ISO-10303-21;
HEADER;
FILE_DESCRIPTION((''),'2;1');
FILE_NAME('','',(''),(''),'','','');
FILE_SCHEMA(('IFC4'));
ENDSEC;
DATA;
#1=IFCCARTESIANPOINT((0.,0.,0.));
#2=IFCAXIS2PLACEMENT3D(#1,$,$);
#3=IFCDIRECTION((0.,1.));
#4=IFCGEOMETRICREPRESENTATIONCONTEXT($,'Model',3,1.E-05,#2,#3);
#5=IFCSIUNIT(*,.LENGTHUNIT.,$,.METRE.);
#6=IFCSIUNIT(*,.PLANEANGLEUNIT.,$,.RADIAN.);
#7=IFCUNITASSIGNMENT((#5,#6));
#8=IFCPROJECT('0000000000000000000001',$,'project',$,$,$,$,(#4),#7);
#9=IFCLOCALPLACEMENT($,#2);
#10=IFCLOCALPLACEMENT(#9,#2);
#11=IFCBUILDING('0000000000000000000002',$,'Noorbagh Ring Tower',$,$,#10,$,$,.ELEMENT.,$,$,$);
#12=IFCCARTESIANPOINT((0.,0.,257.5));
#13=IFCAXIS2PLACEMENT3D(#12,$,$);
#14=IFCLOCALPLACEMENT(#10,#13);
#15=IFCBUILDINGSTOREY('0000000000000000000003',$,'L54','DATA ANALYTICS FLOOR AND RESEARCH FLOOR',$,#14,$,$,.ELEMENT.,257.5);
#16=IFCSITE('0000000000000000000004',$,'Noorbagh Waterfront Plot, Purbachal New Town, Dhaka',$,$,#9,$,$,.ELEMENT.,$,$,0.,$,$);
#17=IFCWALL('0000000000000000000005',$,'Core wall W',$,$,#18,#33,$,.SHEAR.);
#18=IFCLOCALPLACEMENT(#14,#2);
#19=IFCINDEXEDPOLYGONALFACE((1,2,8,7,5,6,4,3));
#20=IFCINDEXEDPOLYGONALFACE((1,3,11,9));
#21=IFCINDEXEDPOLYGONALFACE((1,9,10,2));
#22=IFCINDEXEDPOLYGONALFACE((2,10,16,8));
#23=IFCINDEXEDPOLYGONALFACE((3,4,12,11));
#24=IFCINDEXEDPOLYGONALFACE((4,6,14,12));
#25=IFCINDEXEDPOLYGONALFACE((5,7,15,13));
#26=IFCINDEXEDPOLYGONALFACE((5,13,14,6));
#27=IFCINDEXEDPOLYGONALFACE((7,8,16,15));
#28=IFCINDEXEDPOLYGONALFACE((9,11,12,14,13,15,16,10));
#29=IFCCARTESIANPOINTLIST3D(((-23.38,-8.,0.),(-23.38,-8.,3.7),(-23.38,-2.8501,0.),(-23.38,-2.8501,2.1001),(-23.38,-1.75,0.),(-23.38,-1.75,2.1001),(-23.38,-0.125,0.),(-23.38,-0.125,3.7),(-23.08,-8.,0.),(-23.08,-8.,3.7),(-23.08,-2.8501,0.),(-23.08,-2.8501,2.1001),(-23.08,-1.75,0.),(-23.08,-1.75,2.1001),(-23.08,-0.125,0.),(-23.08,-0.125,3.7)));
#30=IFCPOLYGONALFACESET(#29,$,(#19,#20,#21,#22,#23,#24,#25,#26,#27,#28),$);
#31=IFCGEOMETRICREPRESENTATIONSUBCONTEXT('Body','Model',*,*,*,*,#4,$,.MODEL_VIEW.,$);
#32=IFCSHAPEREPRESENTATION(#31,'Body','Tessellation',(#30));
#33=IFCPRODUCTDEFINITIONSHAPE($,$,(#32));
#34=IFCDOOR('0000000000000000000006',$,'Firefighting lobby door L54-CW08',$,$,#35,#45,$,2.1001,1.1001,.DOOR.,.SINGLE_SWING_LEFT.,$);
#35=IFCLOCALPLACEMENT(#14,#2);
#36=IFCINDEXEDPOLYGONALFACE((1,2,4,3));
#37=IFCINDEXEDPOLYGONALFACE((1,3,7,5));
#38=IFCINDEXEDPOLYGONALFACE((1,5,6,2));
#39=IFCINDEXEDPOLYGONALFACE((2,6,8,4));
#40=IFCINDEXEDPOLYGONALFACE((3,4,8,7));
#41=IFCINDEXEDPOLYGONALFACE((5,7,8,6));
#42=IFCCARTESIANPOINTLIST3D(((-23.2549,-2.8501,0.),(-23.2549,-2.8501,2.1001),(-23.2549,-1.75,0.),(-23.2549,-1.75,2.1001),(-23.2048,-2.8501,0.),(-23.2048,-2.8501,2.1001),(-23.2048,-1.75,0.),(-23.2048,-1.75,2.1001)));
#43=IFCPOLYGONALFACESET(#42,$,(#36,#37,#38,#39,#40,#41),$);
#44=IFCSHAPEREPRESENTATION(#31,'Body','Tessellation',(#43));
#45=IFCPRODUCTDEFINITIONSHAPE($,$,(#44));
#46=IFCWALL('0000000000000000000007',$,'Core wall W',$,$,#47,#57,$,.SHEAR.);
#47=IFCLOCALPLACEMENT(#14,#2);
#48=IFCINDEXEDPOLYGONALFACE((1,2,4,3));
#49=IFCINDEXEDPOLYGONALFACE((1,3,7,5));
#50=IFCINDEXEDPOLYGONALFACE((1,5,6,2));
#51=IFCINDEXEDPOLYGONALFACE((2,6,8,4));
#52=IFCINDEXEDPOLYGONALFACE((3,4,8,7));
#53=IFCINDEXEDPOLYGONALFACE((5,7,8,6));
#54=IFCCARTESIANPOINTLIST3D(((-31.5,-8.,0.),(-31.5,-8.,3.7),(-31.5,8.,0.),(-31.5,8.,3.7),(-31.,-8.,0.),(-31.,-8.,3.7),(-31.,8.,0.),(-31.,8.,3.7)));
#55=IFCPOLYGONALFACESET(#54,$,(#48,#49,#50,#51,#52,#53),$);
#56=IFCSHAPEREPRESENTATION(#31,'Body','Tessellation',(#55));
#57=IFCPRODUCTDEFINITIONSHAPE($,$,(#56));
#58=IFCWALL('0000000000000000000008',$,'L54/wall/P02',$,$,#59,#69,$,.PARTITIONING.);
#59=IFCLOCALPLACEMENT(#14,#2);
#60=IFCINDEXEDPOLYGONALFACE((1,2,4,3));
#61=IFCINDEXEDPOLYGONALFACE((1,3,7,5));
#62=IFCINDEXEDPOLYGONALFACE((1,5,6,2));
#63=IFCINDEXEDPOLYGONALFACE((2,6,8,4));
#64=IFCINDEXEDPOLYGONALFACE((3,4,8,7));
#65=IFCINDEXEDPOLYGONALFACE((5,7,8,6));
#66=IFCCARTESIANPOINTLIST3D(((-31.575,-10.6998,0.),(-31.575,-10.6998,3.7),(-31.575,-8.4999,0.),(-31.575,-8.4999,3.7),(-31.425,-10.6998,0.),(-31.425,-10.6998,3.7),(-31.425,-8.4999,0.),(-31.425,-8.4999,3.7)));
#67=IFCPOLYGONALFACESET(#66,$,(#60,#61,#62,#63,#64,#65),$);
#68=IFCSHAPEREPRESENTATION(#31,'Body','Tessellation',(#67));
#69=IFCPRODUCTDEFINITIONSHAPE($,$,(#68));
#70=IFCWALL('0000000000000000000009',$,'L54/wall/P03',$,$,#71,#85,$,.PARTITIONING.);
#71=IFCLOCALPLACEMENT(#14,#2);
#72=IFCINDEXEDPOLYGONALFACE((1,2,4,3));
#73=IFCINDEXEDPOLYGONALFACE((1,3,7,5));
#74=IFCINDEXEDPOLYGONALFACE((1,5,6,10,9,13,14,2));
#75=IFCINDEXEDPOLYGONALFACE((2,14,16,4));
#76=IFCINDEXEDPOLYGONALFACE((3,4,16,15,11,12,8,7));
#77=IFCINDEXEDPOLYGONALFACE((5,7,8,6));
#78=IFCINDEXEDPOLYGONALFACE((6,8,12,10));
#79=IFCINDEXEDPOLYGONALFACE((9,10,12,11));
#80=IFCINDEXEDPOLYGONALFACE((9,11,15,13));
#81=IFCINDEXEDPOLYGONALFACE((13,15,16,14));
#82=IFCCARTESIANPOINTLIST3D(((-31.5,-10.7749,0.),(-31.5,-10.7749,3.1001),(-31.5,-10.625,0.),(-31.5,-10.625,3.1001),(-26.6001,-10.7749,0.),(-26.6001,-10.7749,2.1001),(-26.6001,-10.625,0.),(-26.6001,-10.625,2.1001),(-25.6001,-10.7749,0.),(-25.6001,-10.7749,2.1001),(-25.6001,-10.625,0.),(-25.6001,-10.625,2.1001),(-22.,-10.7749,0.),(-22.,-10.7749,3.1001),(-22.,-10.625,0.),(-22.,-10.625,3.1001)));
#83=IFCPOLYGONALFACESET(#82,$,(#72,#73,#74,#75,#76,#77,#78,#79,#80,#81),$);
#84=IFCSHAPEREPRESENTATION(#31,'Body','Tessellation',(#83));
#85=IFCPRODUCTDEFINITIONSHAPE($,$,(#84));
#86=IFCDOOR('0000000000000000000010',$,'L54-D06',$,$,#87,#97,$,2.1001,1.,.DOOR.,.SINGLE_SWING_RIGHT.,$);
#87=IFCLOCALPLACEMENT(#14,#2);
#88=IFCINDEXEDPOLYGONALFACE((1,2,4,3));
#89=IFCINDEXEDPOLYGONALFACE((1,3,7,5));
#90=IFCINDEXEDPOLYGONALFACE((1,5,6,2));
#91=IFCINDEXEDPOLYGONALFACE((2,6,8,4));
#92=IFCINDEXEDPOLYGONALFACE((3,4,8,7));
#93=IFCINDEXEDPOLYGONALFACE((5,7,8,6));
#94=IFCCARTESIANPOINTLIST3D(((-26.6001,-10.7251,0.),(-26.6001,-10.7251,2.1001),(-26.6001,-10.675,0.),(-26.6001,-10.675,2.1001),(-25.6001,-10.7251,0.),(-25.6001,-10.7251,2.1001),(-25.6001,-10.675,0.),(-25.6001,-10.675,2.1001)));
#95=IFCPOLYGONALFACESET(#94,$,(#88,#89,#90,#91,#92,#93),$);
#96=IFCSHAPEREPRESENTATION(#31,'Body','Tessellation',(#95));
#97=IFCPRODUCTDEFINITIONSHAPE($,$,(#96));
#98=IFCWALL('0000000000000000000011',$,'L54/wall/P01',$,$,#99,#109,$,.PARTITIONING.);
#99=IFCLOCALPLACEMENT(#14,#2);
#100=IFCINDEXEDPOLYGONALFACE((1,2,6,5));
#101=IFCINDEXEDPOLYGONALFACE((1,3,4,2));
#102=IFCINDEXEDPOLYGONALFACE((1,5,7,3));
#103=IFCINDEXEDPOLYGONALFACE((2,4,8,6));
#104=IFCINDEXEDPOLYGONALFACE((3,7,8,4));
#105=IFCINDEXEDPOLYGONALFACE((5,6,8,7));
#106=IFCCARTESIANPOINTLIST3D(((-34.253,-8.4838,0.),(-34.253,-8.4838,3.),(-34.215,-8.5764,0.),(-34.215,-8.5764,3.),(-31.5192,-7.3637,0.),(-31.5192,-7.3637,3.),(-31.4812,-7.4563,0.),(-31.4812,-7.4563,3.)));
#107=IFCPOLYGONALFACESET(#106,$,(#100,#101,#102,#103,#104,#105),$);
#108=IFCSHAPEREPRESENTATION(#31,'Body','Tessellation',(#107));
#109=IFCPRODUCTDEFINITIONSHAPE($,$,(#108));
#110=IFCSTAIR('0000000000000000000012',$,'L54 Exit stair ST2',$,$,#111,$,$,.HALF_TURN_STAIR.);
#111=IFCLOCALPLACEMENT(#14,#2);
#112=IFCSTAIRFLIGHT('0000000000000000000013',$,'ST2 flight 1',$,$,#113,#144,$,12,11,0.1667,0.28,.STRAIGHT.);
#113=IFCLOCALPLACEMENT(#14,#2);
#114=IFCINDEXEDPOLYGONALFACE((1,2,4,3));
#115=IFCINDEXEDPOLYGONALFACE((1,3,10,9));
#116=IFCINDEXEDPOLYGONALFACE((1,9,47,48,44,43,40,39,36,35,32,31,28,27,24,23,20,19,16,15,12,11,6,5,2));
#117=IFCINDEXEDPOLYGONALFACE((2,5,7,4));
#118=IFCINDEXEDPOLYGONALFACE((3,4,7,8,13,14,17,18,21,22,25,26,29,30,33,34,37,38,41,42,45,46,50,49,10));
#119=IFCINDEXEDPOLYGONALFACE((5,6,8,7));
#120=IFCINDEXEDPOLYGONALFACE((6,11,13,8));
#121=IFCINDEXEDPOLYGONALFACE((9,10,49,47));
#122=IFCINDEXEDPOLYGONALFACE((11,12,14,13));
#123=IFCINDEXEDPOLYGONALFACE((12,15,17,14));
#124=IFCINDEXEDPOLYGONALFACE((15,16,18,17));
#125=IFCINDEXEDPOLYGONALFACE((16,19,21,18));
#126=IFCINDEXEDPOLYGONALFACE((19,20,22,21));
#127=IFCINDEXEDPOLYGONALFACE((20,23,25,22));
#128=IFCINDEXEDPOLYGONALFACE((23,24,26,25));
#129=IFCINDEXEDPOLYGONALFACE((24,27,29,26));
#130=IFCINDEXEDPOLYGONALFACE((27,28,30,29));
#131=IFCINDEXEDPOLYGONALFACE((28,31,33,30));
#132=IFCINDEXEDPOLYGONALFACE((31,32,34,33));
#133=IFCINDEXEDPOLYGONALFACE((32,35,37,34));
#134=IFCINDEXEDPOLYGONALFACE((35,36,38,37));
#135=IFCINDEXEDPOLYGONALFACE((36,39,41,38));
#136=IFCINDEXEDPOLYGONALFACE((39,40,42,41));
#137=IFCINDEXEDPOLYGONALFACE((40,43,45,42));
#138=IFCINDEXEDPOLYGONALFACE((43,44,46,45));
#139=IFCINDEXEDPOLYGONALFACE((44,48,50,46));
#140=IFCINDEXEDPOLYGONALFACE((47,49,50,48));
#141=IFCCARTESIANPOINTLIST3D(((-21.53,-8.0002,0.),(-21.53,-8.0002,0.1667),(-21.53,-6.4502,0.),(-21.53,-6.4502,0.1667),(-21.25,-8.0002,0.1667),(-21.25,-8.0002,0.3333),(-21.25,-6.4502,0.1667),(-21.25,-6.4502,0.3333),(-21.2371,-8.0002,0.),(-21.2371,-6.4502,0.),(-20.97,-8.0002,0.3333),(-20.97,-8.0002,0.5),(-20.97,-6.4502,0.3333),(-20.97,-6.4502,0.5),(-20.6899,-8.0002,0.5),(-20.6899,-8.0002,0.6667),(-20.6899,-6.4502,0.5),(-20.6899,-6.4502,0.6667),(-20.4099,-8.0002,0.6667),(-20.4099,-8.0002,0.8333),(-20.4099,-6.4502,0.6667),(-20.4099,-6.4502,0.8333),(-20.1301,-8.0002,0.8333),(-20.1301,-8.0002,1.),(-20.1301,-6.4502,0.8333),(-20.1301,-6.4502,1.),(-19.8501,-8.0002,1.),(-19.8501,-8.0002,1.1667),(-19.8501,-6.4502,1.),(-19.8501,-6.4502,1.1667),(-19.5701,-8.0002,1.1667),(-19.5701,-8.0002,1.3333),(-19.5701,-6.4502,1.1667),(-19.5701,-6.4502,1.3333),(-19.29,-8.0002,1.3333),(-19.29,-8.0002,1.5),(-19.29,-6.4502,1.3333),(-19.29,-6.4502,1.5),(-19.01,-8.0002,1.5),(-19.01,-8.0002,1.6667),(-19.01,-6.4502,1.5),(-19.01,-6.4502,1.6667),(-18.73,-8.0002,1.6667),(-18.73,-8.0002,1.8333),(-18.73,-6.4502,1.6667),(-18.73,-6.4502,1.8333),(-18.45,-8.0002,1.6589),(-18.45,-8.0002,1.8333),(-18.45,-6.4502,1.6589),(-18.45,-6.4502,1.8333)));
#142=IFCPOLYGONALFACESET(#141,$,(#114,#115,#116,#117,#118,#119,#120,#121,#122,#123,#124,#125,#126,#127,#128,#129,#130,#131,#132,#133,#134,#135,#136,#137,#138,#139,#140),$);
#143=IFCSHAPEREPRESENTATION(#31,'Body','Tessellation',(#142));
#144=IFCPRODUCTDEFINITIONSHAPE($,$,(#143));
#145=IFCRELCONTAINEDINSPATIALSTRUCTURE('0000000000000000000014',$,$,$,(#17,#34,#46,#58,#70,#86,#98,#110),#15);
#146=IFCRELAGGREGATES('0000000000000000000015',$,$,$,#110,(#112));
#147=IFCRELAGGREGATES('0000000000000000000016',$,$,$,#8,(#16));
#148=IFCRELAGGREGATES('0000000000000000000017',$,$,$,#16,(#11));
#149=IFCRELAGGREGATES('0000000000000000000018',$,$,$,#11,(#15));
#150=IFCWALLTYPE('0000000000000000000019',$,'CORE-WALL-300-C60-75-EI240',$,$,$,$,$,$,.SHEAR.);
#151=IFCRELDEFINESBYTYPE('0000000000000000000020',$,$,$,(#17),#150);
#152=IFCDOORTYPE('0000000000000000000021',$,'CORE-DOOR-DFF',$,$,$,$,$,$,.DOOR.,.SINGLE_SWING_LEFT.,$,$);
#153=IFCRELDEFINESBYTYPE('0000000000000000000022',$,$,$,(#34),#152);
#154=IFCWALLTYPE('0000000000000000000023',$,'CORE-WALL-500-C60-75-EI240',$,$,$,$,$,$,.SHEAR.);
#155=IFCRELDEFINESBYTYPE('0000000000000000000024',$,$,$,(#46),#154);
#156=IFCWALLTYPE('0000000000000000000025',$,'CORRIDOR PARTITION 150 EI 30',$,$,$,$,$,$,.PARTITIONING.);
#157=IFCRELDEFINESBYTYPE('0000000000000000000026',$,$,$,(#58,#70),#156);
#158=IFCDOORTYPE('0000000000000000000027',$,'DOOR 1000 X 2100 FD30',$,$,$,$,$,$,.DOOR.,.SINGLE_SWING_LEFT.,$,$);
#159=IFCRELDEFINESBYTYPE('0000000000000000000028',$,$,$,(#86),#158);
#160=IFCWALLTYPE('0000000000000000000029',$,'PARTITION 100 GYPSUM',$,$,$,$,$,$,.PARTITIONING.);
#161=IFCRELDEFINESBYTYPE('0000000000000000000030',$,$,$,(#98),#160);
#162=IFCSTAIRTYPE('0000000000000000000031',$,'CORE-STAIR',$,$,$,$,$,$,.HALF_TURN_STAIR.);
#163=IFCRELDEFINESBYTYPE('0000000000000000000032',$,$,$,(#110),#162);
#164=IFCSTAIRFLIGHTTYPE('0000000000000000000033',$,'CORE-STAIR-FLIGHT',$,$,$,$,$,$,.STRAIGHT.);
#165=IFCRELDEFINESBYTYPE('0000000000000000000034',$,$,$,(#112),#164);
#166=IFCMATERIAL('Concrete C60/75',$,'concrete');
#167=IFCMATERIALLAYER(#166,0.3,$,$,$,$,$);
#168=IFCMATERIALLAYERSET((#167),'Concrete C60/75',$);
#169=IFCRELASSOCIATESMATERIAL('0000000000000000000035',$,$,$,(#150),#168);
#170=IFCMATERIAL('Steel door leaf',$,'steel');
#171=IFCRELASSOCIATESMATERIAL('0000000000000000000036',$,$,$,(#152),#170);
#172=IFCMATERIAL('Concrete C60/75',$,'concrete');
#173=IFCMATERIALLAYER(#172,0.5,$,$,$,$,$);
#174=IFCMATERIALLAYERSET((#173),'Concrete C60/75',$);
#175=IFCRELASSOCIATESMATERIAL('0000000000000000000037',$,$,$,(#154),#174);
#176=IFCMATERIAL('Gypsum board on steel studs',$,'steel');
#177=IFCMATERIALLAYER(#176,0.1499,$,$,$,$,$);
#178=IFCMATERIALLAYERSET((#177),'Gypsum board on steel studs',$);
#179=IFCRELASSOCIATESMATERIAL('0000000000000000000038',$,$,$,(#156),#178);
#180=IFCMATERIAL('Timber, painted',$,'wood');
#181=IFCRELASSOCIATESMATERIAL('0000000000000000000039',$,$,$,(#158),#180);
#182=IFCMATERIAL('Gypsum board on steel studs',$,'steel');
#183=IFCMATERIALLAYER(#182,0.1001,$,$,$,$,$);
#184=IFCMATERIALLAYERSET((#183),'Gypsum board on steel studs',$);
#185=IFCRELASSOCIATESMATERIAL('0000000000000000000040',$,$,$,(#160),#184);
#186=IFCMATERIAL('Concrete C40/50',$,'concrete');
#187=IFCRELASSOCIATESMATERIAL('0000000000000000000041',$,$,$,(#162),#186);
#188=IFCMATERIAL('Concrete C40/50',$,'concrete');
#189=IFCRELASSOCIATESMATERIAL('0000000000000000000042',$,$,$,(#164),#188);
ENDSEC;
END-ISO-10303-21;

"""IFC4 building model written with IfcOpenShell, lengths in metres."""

from ifc_helpers import new_model, si_unit, direction, frame, frame_2d, origin, place, context, subcontext, project, spatial, polyline, rectangle, outline, extrude, material, layer, layer_set, type_object, element, fill, aggregate, save


model = new_model("IFC4")

# Units and contexts
model_context = context("Model", 3, precision=1e-05, world=origin(), true_north=direction((0.0, 1.0)))
body_context = subcontext(model_context, "Body", "Model", "MODEL_VIEW")
ifc_project = project(units=[si_unit("LENGTHUNIT", "METRE"), si_unit("PLANEANGLEUNIT", "RADIAN")], contexts=[model_context])

# Site, building, storey
site_placement = place(None, origin())
site = spatial("IfcSite", under=ifc_project, at=site_placement, Name="Noorbagh Waterfront Plot, Purbachal New Town, Dhaka", CompositionType="ELEMENT", RefElevation=0.0)
building_placement = place(site_placement, origin())
building = spatial("IfcBuilding", under=site, at=building_placement, Name="Noorbagh Ring Tower", CompositionType="ELEMENT")
storey_placement = place(building_placement, frame((0.0, 0.0, 257.5)))
storey = spatial("IfcBuildingStorey", under=building, at=storey_placement, Name="L54", Description="DATA ANALYTICS FLOOR AND RESEARCH FLOOR", CompositionType="ELEMENT", Elevation=257.5)

# Shared definitions
ifc_material_1 = material(Name="Concrete C60/75", Category="concrete")
ifc_layer_1 = layer(ifc_material_1, 0.3)
ifc_layer_set_1 = layer_set([ifc_layer_1], Name="Concrete C60/75")
wall_type_1 = type_object("IfcWallType", Name="CORE-WALL-300-C60-75-EI240", PredefinedType="SHEAR", material=ifc_layer_set_1)

# Wall, opening, door
wall_1_placement = place(storey_placement, frame((-23.23, -8.0, 0.0), z_axis=(0.0, 0.0, 1.0), x_axis=(0.0, 1.0, 0.0)))
wall_1 = element("IfcWall", 1, at=wall_1_placement, inside=storey, type_object=wall_type_1, Name="Core wall W", PredefinedType="SHEAR", context=body_context, shape_type="SweptSolid", body=[
    extrude(rectangle(XDim=7.875, YDim=0.3, at=frame_2d((3.9375, 0.0))), origin(), (0.0, 0.0, 1.0), 3.7),
])
opening_1_placement = place(wall_1_placement, frame((5.1499, 0.0, 0.0)))
opening_1 = element("IfcOpeningElement", 2, at=opening_1_placement, cuts=wall_1, PredefinedType="OPENING", context=body_context, shape_type="SweptSolid", body=[
    extrude(rectangle(XDim=1.1001, YDim=2.1001, at=frame_2d((0.55, 1.05))), frame((0.0, 0.1602, 0.0), z_axis=(0.0, -1.0, 0.0), x_axis=(1.0, 0.0, 0.0)), (0.0, 0.0, 1.0), 0.3201),
])
ifc_material_2 = material(Name="Steel door leaf", Category="steel")
door_type_1 = type_object("IfcDoorType", Name="CORE-DOOR-DFF", OperationType="SINGLE_SWING_LEFT", PredefinedType="DOOR", material=ifc_material_2)
door_1_placement = place(opening_1_placement, origin())
door_1 = element("IfcDoor", 3, at=door_1_placement, inside=storey, type_object=door_type_1, Name="Firefighting lobby door L54-CW08", OperationType="SINGLE_SWING_LEFT", OverallHeight=2.1001, OverallWidth=1.1001, PredefinedType="DOOR", context=body_context, shape_type="SweptSolid", body=[
    extrude(rectangle(XDim=1.1001, YDim=2.1001, at=frame_2d((0.55, 1.05))), frame((0.0, 0.0249, 0.0), z_axis=(0.0, -1.0, 0.0), x_axis=(1.0, 0.0, 0.0)), (0.0, 0.0, 1.0), 0.05),
])
fill(opening_1, door_1)

# Walls
ifc_material_3 = material(Name="Concrete C60/75", Category="concrete")
ifc_layer_2 = layer(ifc_material_3, 0.5)
ifc_layer_set_2 = layer_set([ifc_layer_2], Name="Concrete C60/75")
wall_type_2 = type_object("IfcWallType", Name="CORE-WALL-500-C60-75-EI240", PredefinedType="SHEAR", material=ifc_layer_set_2)
wall_2_placement = place(storey_placement, frame((-31.25, -8.0, 0.0), z_axis=(0.0, 0.0, 1.0), x_axis=(0.0, 1.0, 0.0)))
element("IfcWall", 4, at=wall_2_placement, inside=storey, type_object=wall_type_2, Name="Core wall W", PredefinedType="SHEAR", context=body_context, shape_type="SweptSolid", body=[
    extrude(rectangle(XDim=16.0, YDim=0.5, at=frame_2d((8.0, 0.0))), origin(), (0.0, 0.0, 1.0), 3.7),
])
ifc_material_4 = material(Name="Gypsum board on steel studs", Category="steel")
ifc_layer_3 = layer(ifc_material_4, 0.1499)
ifc_layer_set_3 = layer_set([ifc_layer_3], Name="Gypsum board on steel studs")
wall_type_3 = type_object("IfcWallType", Name="CORRIDOR PARTITION 150 EI 30", PredefinedType="PARTITIONING", material=ifc_layer_set_3)
wall_3_placement = place(storey_placement, frame((-31.5, -10.7, 0.0), z_axis=(0.0, 0.0, 1.0), x_axis=(0.0, 1.0, 0.0)))
element("IfcWall", 5, at=wall_3_placement, inside=storey, type_object=wall_type_3, Name="L54/wall/P02", PredefinedType="PARTITIONING", context=body_context, shape_type="SweptSolid", body=[
    extrude(rectangle(XDim=2.2, YDim=0.1499, at=frame_2d((1.1001, 0.0))), origin(), (0.0, 0.0, 1.0), 3.7),
])

# Wall, opening, door
wall_4_placement = place(storey_placement, frame((-31.5, -10.7, 0.0), z_axis=(0.0, 0.0, 1.0), x_axis=(1.0, 0.0, 0.0)))
wall_4 = element("IfcWall", 6, at=wall_4_placement, inside=storey, type_object=wall_type_3, Name="L54/wall/P03", PredefinedType="PARTITIONING", context=body_context, shape_type="SweptSolid", body=[
    extrude(rectangle(XDim=9.5, YDim=0.1499, at=frame_2d((4.75, 0.0))), origin(), (0.0, 0.0, 1.0), 3.1001),
])
opening_2_placement = place(wall_4_placement, frame((4.8999, 0.0, 0.0)))
opening_2 = element("IfcOpeningElement", 7, at=opening_2_placement, cuts=wall_4, PredefinedType="OPENING", context=body_context, shape_type="SweptSolid", body=[
    extrude(rectangle(XDim=1.0, YDim=2.1001, at=frame_2d((0.5, 1.05))), frame((0.0, 0.085, 0.0), z_axis=(0.0, -1.0, 0.0), x_axis=(1.0, 0.0, 0.0)), (0.0, 0.0, 1.0), 0.1699),
])
ifc_material_5 = material(Name="Timber, painted", Category="wood")
door_type_2 = type_object("IfcDoorType", Name="DOOR 1000 X 2100 FD30", OperationType="SINGLE_SWING_LEFT", PredefinedType="DOOR", material=ifc_material_5)
door_2_placement = place(opening_2_placement, origin())
door_2 = element("IfcDoor", 8, at=door_2_placement, inside=storey, type_object=door_type_2, Name="L54-D06", OperationType="SINGLE_SWING_RIGHT", OverallHeight=2.1001, OverallWidth=1.0, PredefinedType="DOOR", context=body_context, shape_type="SweptSolid", body=[
    extrude(rectangle(XDim=1.0, YDim=2.1001, at=frame_2d((0.5, 1.05))), frame((0.0, 0.0249, 0.0), z_axis=(0.0, -1.0, 0.0), x_axis=(1.0, 0.0, 0.0)), (0.0, 0.0, 1.0), 0.05),
])
fill(opening_2, door_2)

# Wall
ifc_material_6 = material(Name="Gypsum board on steel studs", Category="steel")
ifc_layer_4 = layer(ifc_material_6, 0.1001)
ifc_layer_set_4 = layer_set([ifc_layer_4], Name="Gypsum board on steel studs")
wall_type_4 = type_object("IfcWallType", Name="PARTITION 100 GYPSUM", PredefinedType="PARTITIONING", material=ifc_layer_set_4)
wall_5_placement = place(storey_placement, frame((-34.2339, -8.53, 0.0), z_axis=(0.0, 0.0, 1.0), x_axis=(0.925344, 0.379128, 0.0)))
element("IfcWall", 9, at=wall_5_placement, inside=storey, type_object=wall_type_4, Name="L54/wall/P01", PredefinedType="PARTITIONING", context=body_context, shape_type="SweptSolid", body=[
    extrude(rectangle(XDim=2.9543, YDim=0.1001, at=frame_2d((1.4771, 0.0))), origin(), (0.0, 0.0, 1.0), 3.0),
])

# Stair, stair flight
ifc_material_7 = material(Name="Concrete C40/50", Category="concrete")
stair_type = type_object("IfcStairType", Name="CORE-STAIR", PredefinedType="HALF_TURN_STAIR", material=ifc_material_7)
stair_placement = place(storey_placement, origin())
stair = element("IfcStair", 10, at=stair_placement, inside=storey, type_object=stair_type, Name="L54 Exit stair ST2", PredefinedType="HALF_TURN_STAIR")
ifc_material_8 = material(Name="Concrete C40/50", Category="concrete")
stair_flight_type = type_object("IfcStairFlightType", Name="CORE-STAIR-FLIGHT", PredefinedType="STRAIGHT", material=ifc_material_8)
stair_flight_placement = place(storey_placement, frame((-21.53, -7.2251, 0.0), z_axis=(0.0, 0.0, 1.0), x_axis=(1.0, 0.0, 0.0)))
stair_flight = element("IfcStairFlight", 11, at=stair_flight_placement, type_object=stair_flight_type, Name="ST2 flight 1", NumberOfRisers=12, NumberOfTreads=11, PredefinedType="STRAIGHT", RiserHeight=0.1667, TreadLength=0.28, context=body_context, shape_type="SweptSolid", body=[
    extrude(outline(polyline([(0.0, 0.0), (0.0, 0.1667), (0.28, 0.1667), (0.28, 0.3333), (0.5601, 0.3333), (0.5601, 0.5), (0.8401, 0.5), (0.8401, 0.6667), (1.1201, 0.6667), (1.1201, 0.8333), (1.3999, 0.8333), (1.3999, 1.0), (1.6799, 1.0), (1.6799, 1.1667), (1.96, 1.1667), (1.96, 1.3333), (2.24, 1.3333), (2.24, 1.5), (2.52, 1.5), (2.52, 1.6667), (2.8, 1.6667), (2.8, 1.8333), (3.0801, 1.8333), (3.0801, 2.0), (3.0801, 1.6589), (0.293, 0.0), (0.0, 0.0)])), frame((0.0, 0.7749, 0.0), z_axis=(0.0, -1.0, 0.0), x_axis=(1.0, 0.0, 0.0)), (0.0, 0.0, 1.0), 1.55),
])
aggregate(stair, [stair_flight])

save(model, "model.ifc")
